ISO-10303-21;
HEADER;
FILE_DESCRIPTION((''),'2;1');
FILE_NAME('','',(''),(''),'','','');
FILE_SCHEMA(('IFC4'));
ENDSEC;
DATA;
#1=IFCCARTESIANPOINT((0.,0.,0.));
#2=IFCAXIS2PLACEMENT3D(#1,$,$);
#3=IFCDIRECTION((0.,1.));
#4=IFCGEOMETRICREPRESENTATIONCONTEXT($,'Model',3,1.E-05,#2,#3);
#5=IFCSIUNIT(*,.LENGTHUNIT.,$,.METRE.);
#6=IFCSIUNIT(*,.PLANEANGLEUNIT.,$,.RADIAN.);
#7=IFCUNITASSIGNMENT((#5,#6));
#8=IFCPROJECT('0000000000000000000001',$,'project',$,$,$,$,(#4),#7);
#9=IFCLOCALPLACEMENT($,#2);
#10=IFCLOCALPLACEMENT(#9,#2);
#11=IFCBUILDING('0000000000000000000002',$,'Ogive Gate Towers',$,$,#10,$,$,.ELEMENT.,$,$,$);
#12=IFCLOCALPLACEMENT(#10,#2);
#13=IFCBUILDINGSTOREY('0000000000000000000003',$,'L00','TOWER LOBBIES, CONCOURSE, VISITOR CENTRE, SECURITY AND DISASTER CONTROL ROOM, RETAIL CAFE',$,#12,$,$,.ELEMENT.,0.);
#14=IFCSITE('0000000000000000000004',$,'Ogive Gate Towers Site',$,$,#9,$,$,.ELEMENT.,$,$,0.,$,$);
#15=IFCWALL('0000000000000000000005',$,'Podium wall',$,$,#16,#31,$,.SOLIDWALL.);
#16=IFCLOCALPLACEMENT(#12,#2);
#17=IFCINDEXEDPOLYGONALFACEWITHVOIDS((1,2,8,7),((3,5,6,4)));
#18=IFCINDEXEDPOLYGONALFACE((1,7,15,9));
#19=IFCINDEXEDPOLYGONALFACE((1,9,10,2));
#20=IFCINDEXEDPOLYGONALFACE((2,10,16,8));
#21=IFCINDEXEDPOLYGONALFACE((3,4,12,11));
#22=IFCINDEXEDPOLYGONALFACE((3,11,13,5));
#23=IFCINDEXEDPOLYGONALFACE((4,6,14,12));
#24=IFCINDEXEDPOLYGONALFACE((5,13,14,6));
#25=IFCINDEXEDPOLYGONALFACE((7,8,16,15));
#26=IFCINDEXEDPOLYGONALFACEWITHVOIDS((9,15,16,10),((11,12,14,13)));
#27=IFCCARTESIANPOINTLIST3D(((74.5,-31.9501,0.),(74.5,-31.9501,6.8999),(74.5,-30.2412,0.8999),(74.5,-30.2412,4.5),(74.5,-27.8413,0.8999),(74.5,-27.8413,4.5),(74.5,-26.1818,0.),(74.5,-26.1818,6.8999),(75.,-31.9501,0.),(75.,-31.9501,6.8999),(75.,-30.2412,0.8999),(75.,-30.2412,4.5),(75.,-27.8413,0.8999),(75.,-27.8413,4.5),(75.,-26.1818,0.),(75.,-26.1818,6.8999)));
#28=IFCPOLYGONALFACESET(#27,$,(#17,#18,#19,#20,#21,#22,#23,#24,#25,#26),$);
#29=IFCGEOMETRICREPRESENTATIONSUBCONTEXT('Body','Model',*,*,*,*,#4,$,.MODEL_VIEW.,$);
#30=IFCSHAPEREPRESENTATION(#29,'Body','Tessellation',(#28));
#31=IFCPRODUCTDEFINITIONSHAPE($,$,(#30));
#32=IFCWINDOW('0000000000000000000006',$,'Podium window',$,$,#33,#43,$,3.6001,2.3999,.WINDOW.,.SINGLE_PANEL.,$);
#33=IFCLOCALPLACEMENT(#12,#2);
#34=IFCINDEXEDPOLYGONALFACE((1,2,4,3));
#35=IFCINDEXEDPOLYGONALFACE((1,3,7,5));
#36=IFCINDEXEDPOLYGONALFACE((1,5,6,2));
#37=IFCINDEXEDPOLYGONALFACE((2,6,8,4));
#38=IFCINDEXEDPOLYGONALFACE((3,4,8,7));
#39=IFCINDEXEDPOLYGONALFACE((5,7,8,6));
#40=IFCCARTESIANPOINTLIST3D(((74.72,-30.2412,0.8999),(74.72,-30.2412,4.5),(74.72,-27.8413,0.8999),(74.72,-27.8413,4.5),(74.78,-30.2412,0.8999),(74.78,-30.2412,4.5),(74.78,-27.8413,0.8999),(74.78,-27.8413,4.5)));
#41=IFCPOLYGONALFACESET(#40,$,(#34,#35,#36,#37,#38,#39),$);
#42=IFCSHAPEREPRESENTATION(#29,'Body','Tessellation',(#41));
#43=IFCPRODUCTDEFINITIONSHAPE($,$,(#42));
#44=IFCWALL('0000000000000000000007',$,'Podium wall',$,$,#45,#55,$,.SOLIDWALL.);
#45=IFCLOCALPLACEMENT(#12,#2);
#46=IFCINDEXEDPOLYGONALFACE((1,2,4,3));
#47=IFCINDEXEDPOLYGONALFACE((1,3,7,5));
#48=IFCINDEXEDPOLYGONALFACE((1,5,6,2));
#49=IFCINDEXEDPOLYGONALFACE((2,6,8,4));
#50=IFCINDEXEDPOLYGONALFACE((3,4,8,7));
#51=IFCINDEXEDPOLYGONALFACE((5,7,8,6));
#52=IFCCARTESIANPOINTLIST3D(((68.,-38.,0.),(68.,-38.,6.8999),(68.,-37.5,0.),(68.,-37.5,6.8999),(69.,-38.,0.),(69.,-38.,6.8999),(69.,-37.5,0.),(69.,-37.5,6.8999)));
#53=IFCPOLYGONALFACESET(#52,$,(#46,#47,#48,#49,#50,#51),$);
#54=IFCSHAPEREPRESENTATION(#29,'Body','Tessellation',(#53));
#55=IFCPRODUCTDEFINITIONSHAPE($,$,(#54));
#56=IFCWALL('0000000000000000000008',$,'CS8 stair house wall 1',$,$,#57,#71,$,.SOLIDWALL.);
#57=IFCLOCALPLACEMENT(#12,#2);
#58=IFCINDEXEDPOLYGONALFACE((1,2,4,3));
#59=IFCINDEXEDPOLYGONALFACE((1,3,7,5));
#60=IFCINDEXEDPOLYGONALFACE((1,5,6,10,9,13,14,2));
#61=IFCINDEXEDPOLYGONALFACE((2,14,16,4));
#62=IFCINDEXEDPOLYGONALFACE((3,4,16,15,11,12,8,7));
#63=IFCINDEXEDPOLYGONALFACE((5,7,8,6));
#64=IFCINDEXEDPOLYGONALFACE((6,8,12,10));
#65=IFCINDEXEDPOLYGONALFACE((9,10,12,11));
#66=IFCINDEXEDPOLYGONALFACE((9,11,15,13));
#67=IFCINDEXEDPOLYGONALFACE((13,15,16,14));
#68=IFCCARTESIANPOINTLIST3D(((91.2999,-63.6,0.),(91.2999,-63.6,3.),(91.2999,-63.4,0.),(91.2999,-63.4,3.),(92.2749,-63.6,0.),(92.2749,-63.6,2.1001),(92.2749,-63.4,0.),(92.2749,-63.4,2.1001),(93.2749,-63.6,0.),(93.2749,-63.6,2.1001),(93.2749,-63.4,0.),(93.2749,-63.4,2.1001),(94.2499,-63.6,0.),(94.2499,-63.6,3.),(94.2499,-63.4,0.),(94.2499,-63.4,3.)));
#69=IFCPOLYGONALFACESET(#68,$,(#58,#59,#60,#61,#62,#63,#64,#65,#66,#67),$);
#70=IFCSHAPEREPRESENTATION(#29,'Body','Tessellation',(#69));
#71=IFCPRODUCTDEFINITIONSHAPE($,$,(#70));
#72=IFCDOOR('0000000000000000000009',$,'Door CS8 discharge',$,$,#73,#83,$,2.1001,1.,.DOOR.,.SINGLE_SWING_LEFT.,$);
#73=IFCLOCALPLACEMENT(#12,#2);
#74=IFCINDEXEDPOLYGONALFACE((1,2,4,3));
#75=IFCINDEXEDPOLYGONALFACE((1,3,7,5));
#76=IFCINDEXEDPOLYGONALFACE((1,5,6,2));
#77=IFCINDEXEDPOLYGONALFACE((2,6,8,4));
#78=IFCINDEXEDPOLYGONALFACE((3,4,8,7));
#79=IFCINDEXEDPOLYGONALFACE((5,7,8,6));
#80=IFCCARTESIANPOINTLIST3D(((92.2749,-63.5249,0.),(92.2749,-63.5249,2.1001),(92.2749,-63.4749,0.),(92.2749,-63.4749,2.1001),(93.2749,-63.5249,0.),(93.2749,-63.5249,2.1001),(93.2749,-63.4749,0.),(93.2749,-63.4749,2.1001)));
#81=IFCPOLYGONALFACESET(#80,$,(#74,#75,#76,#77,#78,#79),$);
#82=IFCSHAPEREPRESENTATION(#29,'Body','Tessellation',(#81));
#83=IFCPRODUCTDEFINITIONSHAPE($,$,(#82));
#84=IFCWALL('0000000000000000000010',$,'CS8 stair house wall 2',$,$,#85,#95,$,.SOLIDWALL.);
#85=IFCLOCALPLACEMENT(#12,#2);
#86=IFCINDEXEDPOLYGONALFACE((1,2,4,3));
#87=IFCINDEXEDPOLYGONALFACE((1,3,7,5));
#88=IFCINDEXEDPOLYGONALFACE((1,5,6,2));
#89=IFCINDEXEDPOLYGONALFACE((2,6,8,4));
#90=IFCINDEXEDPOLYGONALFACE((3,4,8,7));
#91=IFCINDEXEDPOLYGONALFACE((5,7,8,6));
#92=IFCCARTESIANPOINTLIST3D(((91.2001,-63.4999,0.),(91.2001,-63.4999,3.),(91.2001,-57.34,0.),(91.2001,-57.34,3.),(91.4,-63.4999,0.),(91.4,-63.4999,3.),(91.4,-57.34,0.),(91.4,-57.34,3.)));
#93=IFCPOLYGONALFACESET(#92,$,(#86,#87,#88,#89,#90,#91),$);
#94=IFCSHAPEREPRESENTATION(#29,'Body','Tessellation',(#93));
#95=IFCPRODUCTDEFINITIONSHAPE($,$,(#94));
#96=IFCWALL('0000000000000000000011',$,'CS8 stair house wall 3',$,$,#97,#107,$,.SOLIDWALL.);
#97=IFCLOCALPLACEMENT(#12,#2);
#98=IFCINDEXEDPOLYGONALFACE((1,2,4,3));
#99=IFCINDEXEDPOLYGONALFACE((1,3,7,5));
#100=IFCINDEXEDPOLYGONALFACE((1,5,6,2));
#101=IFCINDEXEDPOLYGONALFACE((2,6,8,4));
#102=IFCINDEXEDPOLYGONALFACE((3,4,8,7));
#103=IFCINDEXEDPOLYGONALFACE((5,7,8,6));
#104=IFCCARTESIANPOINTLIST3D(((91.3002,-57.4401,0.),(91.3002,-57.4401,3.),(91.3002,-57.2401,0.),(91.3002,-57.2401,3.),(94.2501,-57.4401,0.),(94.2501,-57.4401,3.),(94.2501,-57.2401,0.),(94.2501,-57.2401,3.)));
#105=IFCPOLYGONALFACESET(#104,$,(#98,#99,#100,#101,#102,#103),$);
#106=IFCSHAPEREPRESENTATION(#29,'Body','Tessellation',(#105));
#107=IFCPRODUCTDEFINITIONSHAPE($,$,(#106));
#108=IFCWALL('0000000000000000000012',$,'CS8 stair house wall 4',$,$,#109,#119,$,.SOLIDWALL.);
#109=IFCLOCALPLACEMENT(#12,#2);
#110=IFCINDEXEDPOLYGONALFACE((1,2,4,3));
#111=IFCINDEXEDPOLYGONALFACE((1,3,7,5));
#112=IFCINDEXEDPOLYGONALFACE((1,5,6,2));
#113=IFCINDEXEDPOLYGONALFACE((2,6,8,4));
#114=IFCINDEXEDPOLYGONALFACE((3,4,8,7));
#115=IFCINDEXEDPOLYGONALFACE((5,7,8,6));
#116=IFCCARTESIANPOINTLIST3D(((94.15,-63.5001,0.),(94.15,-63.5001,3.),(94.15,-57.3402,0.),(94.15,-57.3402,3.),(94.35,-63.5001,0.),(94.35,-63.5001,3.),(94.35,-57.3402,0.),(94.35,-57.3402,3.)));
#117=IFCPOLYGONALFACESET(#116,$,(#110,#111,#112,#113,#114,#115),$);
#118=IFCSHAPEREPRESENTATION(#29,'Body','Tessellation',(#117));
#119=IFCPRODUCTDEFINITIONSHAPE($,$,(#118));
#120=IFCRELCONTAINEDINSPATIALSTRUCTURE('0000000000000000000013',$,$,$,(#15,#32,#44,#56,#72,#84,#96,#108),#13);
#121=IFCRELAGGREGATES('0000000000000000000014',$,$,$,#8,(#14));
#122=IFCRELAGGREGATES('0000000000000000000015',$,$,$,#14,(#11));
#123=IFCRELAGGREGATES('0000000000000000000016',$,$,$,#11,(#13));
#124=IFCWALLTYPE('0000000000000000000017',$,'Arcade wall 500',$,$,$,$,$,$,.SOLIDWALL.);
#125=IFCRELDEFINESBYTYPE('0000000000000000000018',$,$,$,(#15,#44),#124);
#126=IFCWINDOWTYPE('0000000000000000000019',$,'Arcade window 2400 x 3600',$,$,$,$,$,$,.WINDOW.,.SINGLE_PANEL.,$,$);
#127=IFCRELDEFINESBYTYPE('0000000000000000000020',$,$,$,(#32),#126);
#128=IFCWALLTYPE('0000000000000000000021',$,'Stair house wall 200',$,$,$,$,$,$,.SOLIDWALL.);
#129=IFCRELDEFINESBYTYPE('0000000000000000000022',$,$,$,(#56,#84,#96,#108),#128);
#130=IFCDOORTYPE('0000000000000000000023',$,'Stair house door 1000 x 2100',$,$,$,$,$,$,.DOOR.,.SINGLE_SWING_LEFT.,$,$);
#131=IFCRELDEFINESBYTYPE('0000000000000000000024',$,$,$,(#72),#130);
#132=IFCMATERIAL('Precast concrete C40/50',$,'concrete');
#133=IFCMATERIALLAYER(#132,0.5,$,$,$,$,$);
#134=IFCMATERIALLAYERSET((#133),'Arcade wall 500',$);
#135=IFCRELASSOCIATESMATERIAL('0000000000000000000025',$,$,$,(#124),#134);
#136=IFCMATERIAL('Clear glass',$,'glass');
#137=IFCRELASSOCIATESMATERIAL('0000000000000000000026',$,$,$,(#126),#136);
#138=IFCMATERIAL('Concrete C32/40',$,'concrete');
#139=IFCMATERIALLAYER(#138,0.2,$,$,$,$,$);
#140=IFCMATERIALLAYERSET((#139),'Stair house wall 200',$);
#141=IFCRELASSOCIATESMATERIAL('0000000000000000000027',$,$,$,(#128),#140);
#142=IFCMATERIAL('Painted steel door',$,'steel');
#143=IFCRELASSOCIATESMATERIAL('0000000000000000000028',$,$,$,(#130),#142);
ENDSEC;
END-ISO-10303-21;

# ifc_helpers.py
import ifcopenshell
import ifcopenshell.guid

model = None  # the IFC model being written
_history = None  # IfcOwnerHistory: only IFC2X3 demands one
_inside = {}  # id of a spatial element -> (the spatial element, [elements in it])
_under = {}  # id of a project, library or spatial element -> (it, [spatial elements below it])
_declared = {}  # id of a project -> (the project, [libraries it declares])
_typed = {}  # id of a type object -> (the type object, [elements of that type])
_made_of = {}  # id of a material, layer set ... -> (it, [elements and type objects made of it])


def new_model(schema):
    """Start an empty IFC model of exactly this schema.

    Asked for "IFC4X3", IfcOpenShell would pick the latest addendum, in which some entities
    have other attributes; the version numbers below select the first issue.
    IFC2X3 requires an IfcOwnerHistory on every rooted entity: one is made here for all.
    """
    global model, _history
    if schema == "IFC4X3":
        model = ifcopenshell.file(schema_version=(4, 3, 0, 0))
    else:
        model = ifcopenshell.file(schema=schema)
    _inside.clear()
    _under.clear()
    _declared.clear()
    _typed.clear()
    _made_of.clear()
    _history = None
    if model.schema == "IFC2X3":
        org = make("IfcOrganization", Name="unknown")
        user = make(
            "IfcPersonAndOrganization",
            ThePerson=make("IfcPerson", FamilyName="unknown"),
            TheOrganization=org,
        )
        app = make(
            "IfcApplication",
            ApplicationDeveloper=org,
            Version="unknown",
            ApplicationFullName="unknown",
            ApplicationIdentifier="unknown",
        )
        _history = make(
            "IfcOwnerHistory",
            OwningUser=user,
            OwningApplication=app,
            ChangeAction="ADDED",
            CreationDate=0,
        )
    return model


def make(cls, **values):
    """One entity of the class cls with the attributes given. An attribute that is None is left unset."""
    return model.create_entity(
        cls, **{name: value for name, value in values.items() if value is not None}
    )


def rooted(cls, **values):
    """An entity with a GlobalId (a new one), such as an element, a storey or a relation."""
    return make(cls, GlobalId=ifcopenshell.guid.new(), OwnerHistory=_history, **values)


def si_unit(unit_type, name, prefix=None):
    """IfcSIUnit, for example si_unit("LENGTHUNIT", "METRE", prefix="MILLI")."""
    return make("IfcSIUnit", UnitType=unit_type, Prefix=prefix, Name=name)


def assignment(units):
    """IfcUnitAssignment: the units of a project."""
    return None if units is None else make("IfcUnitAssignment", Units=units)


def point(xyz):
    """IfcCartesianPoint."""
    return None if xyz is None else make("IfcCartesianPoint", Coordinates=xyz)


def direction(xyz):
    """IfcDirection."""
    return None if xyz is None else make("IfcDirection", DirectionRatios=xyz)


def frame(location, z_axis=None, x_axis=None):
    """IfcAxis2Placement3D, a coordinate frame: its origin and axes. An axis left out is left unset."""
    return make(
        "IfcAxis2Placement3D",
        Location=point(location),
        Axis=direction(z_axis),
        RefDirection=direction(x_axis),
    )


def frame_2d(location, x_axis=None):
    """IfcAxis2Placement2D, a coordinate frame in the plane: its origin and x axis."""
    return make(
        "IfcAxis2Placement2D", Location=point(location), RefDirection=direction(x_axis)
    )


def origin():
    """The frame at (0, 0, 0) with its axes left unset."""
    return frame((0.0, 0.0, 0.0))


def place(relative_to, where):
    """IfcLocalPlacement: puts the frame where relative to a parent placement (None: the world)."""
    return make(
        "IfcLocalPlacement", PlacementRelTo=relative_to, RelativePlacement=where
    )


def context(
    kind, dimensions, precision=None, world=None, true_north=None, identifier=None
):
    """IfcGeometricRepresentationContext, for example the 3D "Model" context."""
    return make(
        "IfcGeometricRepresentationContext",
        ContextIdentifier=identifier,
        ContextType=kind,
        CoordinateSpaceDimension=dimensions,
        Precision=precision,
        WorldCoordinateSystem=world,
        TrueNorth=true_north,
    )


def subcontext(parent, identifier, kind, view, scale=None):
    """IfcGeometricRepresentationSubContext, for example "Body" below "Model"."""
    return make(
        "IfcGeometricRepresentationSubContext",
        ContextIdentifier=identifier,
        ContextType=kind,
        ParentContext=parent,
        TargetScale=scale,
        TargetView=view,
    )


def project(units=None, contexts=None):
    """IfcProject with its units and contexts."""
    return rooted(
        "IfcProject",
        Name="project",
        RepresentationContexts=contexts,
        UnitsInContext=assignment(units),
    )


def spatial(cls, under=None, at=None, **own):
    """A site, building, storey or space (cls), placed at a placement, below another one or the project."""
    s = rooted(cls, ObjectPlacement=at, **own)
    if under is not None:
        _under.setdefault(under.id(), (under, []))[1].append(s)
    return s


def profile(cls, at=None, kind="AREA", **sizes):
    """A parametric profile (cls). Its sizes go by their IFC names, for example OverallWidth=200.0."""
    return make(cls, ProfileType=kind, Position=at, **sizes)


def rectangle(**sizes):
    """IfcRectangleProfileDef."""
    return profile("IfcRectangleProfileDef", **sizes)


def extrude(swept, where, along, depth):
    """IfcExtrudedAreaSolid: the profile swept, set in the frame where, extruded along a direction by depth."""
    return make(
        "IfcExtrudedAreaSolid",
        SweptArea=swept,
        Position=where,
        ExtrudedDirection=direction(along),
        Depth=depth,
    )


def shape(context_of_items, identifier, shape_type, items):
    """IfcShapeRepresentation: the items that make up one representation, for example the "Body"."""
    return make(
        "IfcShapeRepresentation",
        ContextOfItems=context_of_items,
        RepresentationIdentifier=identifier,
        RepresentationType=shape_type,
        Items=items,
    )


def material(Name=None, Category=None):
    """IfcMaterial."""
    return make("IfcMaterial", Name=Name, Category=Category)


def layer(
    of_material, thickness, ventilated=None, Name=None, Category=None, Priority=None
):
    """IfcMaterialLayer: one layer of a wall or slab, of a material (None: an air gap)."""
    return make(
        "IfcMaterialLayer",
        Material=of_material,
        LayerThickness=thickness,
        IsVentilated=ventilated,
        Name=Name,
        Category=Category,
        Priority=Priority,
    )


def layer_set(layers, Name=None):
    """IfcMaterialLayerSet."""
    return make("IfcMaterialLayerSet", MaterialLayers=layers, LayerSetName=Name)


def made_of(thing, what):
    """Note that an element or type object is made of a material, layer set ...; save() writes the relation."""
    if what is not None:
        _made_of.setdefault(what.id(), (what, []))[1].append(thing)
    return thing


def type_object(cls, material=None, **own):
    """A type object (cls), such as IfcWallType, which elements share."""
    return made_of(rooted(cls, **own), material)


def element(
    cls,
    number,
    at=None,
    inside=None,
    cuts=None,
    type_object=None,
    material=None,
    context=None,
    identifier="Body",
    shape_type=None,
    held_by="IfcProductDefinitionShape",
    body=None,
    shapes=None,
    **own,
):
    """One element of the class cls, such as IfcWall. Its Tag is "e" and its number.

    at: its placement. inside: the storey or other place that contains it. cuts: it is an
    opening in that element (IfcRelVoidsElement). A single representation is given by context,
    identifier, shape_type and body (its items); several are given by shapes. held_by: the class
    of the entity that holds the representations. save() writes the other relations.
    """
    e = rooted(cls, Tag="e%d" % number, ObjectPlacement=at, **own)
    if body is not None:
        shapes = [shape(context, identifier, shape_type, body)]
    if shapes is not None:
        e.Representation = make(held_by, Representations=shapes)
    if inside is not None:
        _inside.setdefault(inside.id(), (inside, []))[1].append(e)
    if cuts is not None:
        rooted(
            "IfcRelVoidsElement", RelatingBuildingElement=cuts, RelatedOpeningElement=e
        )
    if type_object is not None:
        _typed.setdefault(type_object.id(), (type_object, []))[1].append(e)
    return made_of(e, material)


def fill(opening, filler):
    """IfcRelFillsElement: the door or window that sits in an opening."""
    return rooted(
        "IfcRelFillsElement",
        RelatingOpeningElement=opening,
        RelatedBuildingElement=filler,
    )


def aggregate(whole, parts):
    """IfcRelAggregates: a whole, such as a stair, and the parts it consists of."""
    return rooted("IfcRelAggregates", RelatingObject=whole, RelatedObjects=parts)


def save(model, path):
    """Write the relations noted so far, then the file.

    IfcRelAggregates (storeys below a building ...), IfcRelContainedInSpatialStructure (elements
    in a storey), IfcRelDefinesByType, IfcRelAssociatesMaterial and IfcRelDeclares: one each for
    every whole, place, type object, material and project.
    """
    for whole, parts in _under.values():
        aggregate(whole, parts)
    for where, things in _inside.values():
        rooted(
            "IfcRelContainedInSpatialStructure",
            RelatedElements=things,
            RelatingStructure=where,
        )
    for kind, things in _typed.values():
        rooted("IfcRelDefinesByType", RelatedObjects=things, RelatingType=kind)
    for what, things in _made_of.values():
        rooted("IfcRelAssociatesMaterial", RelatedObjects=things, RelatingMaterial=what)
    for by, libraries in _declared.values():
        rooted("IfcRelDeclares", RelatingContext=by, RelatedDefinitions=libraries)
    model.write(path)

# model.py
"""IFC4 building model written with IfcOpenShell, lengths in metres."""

from ifc_helpers import new_model, si_unit, direction, frame, frame_2d, origin, place, context, subcontext, project, spatial, rectangle, extrude, material, layer, layer_set, type_object, element, fill, save


model = new_model("IFC4")

# Units and contexts
model_context = context("Model", 3, precision=1e-05, world=origin(), true_north=direction((0.0, 1.0)))
body_context = subcontext(model_context, "Body", "Model", "MODEL_VIEW")
ifc_project = project(units=[si_unit("LENGTHUNIT", "METRE"), si_unit("PLANEANGLEUNIT", "RADIAN")], contexts=[model_context])

# Site, building, storey
site_placement = place(None, origin())
site = spatial("IfcSite", under=ifc_project, at=site_placement, Name="Ogive Gate Towers Site", CompositionType="ELEMENT", RefElevation=0.0)
building_placement = place(site_placement, origin())
building = spatial("IfcBuilding", under=site, at=building_placement, Name="Ogive Gate Towers", CompositionType="ELEMENT")
storey_placement = place(building_placement, origin())
storey = spatial("IfcBuildingStorey", under=building, at=storey_placement, Name="L00", Description="TOWER LOBBIES, CONCOURSE, VISITOR CENTRE, SECURITY AND DISASTER CONTROL ROOM, RETAIL CAFE", CompositionType="ELEMENT", Elevation=0.0)

# Shared definitions
ifc_material_1 = material(Name="Precast concrete C40/50", Category="concrete")

# Shared definitions
ifc_material_2 = material(Name="Clear glass", Category="glass")

# Shared definitions
ifc_layer_1 = layer(ifc_material_1, 0.5)
ifc_layer_set_1 = layer_set([ifc_layer_1], Name="Arcade wall 500")
wall_type_1 = type_object("IfcWallType", Name="Arcade wall 500", PredefinedType="SOLIDWALL", material=ifc_layer_set_1)

# Wall, opening, window
wall_1_placement = place(storey_placement, frame((74.75, -31.9502, 0.0), z_axis=(0.0, 0.0, 1.0), x_axis=(0.0, 1.0, 0.0)))
wall_1 = element("IfcWall", 1, at=wall_1_placement, inside=storey, type_object=wall_type_1, Name="Podium wall", PredefinedType="SOLIDWALL", context=body_context, shape_type="SweptSolid", body=[
    extrude(rectangle(XDim=5.7683, YDim=0.5, at=frame_2d((2.8843, 0.0))), origin(), (0.0, 0.0, 1.0), 6.8999),
])
opening_1_placement = place(wall_1_placement, frame((1.709, 0.0, 0.8999)))
opening_1 = element("IfcOpeningElement", 2, at=opening_1_placement, cuts=wall_1, PredefinedType="OPENING", context=body_context, shape_type="SweptSolid", body=[
    extrude(rectangle(XDim=2.3999, YDim=3.6001, at=frame_2d((1.2, 1.8))), frame((0.0, 0.26, 0.0), z_axis=(0.0, -1.0, 0.0), x_axis=(1.0, 0.0, 0.0)), (0.0, 0.0, 1.0), 0.52),
])
window_type = type_object("IfcWindowType", Name="Arcade window 2400 x 3600", PartitioningType="SINGLE_PANEL", PredefinedType="WINDOW", material=ifc_material_2)
window_placement = place(opening_1_placement, origin())
window = element("IfcWindow", 3, at=window_placement, inside=storey, type_object=window_type, Name="Podium window", OverallHeight=3.6001, OverallWidth=2.3999, PartitioningType="SINGLE_PANEL", PredefinedType="WINDOW", context=body_context, shape_type="SweptSolid", body=[
    extrude(rectangle(XDim=2.3999, YDim=3.6001, at=frame_2d((1.2, 1.8))), frame((0.0, 0.03, 0.0), z_axis=(0.0, -1.0, 0.0), x_axis=(1.0, 0.0, 0.0)), (0.0, 0.0, 1.0), 0.0601),
])
fill(opening_1, window)

# Wall
wall_2_placement = place(storey_placement, frame((68.0, -37.75, 0.0), z_axis=(0.0, 0.0, 1.0), x_axis=(1.0, 0.0, 0.0)))
element("IfcWall", 4, at=wall_2_placement, inside=storey, type_object=wall_type_1, Name="Podium wall", PredefinedType="SOLIDWALL", context=body_context, shape_type="SweptSolid", body=[
    extrude(rectangle(XDim=1.0, YDim=0.5, at=frame_2d((0.5, 0.0))), origin(), (0.0, 0.0, 1.0), 6.8999),
])

# Wall, opening, door
ifc_material_3 = material(Name="Concrete C32/40", Category="concrete")
ifc_layer_2 = layer(ifc_material_3, 0.2)
ifc_layer_set_2 = layer_set([ifc_layer_2], Name="Stair house wall 200")
wall_type_2 = type_object("IfcWallType", Name="Stair house wall 200", PredefinedType="SOLIDWALL", material=ifc_layer_set_2)
wall_3_placement = place(storey_placement, frame((94.25, -63.5, 0.0), z_axis=(0.0, 0.0, 1.0), x_axis=(-1.0, 0.0, 0.0)))
wall_3 = element("IfcWall", 5, at=wall_3_placement, inside=storey, type_object=wall_type_2, Name="CS8 stair house wall 1", PredefinedType="SOLIDWALL", context=body_context, shape_type="SweptSolid", body=[
    extrude(rectangle(XDim=2.95, YDim=0.2, at=frame_2d((1.4751, 0.0))), origin(), (0.0, 0.0, 1.0), 3.0),
])
opening_2_placement = place(wall_3_placement, frame((0.9751, 0.0, 0.0)))
opening_2 = element("IfcOpeningElement", 6, at=opening_2_placement, cuts=wall_3, PredefinedType="OPENING", context=body_context, shape_type="SweptSolid", body=[
    extrude(rectangle(XDim=1.0, YDim=2.1001, at=frame_2d((0.5, 1.05))), frame((0.0, 0.1099, 0.0), z_axis=(0.0, -1.0, 0.0), x_axis=(1.0, 0.0, 0.0)), (0.0, 0.0, 1.0), 0.22),
])
ifc_material_4 = material(Name="Painted steel door", Category="steel")
door_type = type_object("IfcDoorType", Name="Stair house door 1000 x 2100", OperationType="SINGLE_SWING_LEFT", PredefinedType="DOOR", material=ifc_material_4)
door_placement = place(opening_2_placement, origin())
door = element("IfcDoor", 7, at=door_placement, inside=storey, type_object=door_type, Name="Door CS8 discharge", OperationType="SINGLE_SWING_LEFT", OverallHeight=2.1001, OverallWidth=1.0, PredefinedType="DOOR", context=body_context, shape_type="SweptSolid", body=[
    extrude(rectangle(XDim=1.0, YDim=2.1001, at=frame_2d((0.5, 1.05))), frame((0.0, 0.0249, 0.0), z_axis=(0.0, -1.0, 0.0), x_axis=(1.0, 0.0, 0.0)), (0.0, 0.0, 1.0), 0.05),
])
fill(opening_2, door)

# Walls
wall_4_placement = place(storey_placement, frame((91.3, -63.5, 0.0), z_axis=(0.0, 0.0, 1.0), x_axis=(0.0, 1.0, 0.0)))
element("IfcWall", 8, at=wall_4_placement, inside=storey, type_object=wall_type_2, Name="CS8 stair house wall 2", PredefinedType="SOLIDWALL", context=body_context, shape_type="SweptSolid", body=[
    extrude(rectangle(XDim=6.1599, YDim=0.2, at=frame_2d((3.0801, 0.0))), origin(), (0.0, 0.0, 1.0), 3.0),
])
wall_5_placement = place(storey_placement, frame((91.3, -57.3401, 0.0), z_axis=(0.0, 0.0, 1.0), x_axis=(1.0, 0.0, 0.0)))
element("IfcWall", 9, at=wall_5_placement, inside=storey, type_object=wall_type_2, Name="CS8 stair house wall 3", PredefinedType="SOLIDWALL", context=body_context, shape_type="SweptSolid", body=[
    extrude(rectangle(XDim=2.95, YDim=0.2, at=frame_2d((1.4751, 0.0))), origin(), (0.0, 0.0, 1.0), 3.0),
])
wall_6_placement = place(storey_placement, frame((94.25, -57.3401, 0.0), z_axis=(0.0, 0.0, 1.0), x_axis=(0.0, -1.0, 0.0)))
element("IfcWall", 10, at=wall_6_placement, inside=storey, type_object=wall_type_2, Name="CS8 stair house wall 4", PredefinedType="SOLIDWALL", context=body_context, shape_type="SweptSolid", body=[
    extrude(rectangle(XDim=6.1599, YDim=0.2, at=frame_2d((3.0801, 0.0))), origin(), (0.0, 0.0, 1.0), 3.0),
])

save(model, "model.ifc")
